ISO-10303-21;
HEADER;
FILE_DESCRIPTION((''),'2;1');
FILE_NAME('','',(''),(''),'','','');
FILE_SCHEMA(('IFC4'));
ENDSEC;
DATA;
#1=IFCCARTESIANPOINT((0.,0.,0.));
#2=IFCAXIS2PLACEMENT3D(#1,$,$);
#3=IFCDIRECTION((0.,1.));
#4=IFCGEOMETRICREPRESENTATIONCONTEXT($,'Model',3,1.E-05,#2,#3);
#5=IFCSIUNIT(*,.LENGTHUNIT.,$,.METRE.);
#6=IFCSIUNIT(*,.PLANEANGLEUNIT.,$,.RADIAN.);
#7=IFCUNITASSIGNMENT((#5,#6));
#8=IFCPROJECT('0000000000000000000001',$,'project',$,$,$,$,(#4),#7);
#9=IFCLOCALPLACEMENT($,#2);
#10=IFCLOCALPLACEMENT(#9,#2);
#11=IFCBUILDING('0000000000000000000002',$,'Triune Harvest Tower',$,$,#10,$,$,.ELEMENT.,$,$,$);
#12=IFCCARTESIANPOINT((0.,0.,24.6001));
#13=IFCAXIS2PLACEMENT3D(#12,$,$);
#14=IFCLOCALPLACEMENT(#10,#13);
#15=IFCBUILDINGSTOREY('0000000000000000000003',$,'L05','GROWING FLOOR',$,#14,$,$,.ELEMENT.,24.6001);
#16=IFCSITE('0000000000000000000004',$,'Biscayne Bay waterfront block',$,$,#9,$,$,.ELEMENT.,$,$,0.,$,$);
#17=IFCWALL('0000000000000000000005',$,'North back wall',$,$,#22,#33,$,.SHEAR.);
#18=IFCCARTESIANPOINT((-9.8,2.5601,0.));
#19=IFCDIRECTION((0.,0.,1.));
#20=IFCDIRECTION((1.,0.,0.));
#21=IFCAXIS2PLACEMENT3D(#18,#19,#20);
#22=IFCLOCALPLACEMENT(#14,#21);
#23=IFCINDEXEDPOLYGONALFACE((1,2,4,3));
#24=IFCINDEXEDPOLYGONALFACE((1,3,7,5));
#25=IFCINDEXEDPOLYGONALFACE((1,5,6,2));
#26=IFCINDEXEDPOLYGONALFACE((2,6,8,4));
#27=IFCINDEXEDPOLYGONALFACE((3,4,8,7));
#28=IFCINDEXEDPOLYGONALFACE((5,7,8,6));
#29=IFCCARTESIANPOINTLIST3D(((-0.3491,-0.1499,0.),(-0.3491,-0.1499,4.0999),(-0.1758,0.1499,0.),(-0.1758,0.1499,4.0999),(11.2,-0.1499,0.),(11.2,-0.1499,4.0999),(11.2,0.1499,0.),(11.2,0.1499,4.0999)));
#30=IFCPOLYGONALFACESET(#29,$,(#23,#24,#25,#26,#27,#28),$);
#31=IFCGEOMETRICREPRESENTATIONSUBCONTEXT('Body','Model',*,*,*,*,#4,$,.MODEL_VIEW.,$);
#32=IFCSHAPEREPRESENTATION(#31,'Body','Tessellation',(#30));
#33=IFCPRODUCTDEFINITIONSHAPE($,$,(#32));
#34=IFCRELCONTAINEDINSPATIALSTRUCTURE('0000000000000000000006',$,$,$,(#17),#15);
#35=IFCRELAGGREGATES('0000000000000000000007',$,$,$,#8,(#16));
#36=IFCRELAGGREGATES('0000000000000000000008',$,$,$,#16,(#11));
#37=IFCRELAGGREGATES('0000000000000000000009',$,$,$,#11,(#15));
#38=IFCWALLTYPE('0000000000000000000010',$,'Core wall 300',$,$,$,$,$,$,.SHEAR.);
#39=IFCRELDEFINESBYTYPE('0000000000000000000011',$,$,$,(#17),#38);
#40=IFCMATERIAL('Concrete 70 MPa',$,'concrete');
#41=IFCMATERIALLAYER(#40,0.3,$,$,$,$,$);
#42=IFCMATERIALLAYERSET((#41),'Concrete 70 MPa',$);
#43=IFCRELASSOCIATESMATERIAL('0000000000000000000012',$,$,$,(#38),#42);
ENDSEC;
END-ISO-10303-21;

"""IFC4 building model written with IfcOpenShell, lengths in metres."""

from ifc_helpers import new_model, si_unit, direction, frame, origin, place, context, subcontext, project, spatial, polyline, outline, extrude, source, transform, mapped, material, layer, layer_set, type_object, element, save


model = new_model("IFC4")

# Units and contexts
model_context = context("Model", 3, precision=1e-05, world=origin(), true_north=direction((0.0, 1.0)))
body_context = subcontext(model_context, "Body", "Model", "MODEL_VIEW")
ifc_project = project(units=[si_unit("LENGTHUNIT", "METRE"), si_unit("PLANEANGLEUNIT", "RADIAN")], contexts=[model_context])

# Site, building, storey
site_placement = place(None, origin())
site = spatial("IfcSite", under=ifc_project, at=site_placement, Name="Biscayne Bay waterfront block", CompositionType="ELEMENT", RefElevation=0.0)
building_placement = place(site_placement, origin())
building = spatial("IfcBuilding", under=site, at=building_placement, Name="Triune Harvest Tower", CompositionType="ELEMENT")
storey_placement = place(building_placement, frame((0.0, 0.0, 24.6001)))
storey = spatial("IfcBuildingStorey", under=building, at=storey_placement, Name="L05", Description="GROWING FLOOR", CompositionType="ELEMENT", Elevation=24.6001)

# Shared definitions
ifc_material_1 = material(Name="Concrete 70 MPa", Category="concrete")
ifc_layer_1 = layer(ifc_material_1, 0.3)
ifc_layer_set_1 = layer_set([ifc_layer_1], Name="Concrete 70 MPa")
wall_type = type_object("IfcWallType", Name="Core wall 300", PredefinedType="SHEAR", material=ifc_layer_set_1)

# Wall
shared_shape_1 = source(origin(), body_context, "Body", "SweptSolid", [
    extrude(outline(polyline([(11.2, -0.1499), (-0.3491, -0.1499), (-0.1758, 0.1499), (11.2, 0.1499), (11.2, -0.1499)])), origin(), (0.0, 0.0, 1.0), 4.0999),
])
wall_1_placement = place(storey_placement, frame((-9.8, 2.5601, 0.0), z_axis=(0.0, 0.0, 1.0), x_axis=(1.0, 0.0, 0.0)))
element("IfcWall", 1, at=wall_1_placement, inside=storey, type_object=wall_type, Name="North back wall", PredefinedType="SHEAR", context=body_context, shape_type="MappedRepresentation", body=[
    mapped(shared_shape_1, transform((0.0, 0.0, 0.0), scale=1.0)),
])

save(model, "model.ifc")
